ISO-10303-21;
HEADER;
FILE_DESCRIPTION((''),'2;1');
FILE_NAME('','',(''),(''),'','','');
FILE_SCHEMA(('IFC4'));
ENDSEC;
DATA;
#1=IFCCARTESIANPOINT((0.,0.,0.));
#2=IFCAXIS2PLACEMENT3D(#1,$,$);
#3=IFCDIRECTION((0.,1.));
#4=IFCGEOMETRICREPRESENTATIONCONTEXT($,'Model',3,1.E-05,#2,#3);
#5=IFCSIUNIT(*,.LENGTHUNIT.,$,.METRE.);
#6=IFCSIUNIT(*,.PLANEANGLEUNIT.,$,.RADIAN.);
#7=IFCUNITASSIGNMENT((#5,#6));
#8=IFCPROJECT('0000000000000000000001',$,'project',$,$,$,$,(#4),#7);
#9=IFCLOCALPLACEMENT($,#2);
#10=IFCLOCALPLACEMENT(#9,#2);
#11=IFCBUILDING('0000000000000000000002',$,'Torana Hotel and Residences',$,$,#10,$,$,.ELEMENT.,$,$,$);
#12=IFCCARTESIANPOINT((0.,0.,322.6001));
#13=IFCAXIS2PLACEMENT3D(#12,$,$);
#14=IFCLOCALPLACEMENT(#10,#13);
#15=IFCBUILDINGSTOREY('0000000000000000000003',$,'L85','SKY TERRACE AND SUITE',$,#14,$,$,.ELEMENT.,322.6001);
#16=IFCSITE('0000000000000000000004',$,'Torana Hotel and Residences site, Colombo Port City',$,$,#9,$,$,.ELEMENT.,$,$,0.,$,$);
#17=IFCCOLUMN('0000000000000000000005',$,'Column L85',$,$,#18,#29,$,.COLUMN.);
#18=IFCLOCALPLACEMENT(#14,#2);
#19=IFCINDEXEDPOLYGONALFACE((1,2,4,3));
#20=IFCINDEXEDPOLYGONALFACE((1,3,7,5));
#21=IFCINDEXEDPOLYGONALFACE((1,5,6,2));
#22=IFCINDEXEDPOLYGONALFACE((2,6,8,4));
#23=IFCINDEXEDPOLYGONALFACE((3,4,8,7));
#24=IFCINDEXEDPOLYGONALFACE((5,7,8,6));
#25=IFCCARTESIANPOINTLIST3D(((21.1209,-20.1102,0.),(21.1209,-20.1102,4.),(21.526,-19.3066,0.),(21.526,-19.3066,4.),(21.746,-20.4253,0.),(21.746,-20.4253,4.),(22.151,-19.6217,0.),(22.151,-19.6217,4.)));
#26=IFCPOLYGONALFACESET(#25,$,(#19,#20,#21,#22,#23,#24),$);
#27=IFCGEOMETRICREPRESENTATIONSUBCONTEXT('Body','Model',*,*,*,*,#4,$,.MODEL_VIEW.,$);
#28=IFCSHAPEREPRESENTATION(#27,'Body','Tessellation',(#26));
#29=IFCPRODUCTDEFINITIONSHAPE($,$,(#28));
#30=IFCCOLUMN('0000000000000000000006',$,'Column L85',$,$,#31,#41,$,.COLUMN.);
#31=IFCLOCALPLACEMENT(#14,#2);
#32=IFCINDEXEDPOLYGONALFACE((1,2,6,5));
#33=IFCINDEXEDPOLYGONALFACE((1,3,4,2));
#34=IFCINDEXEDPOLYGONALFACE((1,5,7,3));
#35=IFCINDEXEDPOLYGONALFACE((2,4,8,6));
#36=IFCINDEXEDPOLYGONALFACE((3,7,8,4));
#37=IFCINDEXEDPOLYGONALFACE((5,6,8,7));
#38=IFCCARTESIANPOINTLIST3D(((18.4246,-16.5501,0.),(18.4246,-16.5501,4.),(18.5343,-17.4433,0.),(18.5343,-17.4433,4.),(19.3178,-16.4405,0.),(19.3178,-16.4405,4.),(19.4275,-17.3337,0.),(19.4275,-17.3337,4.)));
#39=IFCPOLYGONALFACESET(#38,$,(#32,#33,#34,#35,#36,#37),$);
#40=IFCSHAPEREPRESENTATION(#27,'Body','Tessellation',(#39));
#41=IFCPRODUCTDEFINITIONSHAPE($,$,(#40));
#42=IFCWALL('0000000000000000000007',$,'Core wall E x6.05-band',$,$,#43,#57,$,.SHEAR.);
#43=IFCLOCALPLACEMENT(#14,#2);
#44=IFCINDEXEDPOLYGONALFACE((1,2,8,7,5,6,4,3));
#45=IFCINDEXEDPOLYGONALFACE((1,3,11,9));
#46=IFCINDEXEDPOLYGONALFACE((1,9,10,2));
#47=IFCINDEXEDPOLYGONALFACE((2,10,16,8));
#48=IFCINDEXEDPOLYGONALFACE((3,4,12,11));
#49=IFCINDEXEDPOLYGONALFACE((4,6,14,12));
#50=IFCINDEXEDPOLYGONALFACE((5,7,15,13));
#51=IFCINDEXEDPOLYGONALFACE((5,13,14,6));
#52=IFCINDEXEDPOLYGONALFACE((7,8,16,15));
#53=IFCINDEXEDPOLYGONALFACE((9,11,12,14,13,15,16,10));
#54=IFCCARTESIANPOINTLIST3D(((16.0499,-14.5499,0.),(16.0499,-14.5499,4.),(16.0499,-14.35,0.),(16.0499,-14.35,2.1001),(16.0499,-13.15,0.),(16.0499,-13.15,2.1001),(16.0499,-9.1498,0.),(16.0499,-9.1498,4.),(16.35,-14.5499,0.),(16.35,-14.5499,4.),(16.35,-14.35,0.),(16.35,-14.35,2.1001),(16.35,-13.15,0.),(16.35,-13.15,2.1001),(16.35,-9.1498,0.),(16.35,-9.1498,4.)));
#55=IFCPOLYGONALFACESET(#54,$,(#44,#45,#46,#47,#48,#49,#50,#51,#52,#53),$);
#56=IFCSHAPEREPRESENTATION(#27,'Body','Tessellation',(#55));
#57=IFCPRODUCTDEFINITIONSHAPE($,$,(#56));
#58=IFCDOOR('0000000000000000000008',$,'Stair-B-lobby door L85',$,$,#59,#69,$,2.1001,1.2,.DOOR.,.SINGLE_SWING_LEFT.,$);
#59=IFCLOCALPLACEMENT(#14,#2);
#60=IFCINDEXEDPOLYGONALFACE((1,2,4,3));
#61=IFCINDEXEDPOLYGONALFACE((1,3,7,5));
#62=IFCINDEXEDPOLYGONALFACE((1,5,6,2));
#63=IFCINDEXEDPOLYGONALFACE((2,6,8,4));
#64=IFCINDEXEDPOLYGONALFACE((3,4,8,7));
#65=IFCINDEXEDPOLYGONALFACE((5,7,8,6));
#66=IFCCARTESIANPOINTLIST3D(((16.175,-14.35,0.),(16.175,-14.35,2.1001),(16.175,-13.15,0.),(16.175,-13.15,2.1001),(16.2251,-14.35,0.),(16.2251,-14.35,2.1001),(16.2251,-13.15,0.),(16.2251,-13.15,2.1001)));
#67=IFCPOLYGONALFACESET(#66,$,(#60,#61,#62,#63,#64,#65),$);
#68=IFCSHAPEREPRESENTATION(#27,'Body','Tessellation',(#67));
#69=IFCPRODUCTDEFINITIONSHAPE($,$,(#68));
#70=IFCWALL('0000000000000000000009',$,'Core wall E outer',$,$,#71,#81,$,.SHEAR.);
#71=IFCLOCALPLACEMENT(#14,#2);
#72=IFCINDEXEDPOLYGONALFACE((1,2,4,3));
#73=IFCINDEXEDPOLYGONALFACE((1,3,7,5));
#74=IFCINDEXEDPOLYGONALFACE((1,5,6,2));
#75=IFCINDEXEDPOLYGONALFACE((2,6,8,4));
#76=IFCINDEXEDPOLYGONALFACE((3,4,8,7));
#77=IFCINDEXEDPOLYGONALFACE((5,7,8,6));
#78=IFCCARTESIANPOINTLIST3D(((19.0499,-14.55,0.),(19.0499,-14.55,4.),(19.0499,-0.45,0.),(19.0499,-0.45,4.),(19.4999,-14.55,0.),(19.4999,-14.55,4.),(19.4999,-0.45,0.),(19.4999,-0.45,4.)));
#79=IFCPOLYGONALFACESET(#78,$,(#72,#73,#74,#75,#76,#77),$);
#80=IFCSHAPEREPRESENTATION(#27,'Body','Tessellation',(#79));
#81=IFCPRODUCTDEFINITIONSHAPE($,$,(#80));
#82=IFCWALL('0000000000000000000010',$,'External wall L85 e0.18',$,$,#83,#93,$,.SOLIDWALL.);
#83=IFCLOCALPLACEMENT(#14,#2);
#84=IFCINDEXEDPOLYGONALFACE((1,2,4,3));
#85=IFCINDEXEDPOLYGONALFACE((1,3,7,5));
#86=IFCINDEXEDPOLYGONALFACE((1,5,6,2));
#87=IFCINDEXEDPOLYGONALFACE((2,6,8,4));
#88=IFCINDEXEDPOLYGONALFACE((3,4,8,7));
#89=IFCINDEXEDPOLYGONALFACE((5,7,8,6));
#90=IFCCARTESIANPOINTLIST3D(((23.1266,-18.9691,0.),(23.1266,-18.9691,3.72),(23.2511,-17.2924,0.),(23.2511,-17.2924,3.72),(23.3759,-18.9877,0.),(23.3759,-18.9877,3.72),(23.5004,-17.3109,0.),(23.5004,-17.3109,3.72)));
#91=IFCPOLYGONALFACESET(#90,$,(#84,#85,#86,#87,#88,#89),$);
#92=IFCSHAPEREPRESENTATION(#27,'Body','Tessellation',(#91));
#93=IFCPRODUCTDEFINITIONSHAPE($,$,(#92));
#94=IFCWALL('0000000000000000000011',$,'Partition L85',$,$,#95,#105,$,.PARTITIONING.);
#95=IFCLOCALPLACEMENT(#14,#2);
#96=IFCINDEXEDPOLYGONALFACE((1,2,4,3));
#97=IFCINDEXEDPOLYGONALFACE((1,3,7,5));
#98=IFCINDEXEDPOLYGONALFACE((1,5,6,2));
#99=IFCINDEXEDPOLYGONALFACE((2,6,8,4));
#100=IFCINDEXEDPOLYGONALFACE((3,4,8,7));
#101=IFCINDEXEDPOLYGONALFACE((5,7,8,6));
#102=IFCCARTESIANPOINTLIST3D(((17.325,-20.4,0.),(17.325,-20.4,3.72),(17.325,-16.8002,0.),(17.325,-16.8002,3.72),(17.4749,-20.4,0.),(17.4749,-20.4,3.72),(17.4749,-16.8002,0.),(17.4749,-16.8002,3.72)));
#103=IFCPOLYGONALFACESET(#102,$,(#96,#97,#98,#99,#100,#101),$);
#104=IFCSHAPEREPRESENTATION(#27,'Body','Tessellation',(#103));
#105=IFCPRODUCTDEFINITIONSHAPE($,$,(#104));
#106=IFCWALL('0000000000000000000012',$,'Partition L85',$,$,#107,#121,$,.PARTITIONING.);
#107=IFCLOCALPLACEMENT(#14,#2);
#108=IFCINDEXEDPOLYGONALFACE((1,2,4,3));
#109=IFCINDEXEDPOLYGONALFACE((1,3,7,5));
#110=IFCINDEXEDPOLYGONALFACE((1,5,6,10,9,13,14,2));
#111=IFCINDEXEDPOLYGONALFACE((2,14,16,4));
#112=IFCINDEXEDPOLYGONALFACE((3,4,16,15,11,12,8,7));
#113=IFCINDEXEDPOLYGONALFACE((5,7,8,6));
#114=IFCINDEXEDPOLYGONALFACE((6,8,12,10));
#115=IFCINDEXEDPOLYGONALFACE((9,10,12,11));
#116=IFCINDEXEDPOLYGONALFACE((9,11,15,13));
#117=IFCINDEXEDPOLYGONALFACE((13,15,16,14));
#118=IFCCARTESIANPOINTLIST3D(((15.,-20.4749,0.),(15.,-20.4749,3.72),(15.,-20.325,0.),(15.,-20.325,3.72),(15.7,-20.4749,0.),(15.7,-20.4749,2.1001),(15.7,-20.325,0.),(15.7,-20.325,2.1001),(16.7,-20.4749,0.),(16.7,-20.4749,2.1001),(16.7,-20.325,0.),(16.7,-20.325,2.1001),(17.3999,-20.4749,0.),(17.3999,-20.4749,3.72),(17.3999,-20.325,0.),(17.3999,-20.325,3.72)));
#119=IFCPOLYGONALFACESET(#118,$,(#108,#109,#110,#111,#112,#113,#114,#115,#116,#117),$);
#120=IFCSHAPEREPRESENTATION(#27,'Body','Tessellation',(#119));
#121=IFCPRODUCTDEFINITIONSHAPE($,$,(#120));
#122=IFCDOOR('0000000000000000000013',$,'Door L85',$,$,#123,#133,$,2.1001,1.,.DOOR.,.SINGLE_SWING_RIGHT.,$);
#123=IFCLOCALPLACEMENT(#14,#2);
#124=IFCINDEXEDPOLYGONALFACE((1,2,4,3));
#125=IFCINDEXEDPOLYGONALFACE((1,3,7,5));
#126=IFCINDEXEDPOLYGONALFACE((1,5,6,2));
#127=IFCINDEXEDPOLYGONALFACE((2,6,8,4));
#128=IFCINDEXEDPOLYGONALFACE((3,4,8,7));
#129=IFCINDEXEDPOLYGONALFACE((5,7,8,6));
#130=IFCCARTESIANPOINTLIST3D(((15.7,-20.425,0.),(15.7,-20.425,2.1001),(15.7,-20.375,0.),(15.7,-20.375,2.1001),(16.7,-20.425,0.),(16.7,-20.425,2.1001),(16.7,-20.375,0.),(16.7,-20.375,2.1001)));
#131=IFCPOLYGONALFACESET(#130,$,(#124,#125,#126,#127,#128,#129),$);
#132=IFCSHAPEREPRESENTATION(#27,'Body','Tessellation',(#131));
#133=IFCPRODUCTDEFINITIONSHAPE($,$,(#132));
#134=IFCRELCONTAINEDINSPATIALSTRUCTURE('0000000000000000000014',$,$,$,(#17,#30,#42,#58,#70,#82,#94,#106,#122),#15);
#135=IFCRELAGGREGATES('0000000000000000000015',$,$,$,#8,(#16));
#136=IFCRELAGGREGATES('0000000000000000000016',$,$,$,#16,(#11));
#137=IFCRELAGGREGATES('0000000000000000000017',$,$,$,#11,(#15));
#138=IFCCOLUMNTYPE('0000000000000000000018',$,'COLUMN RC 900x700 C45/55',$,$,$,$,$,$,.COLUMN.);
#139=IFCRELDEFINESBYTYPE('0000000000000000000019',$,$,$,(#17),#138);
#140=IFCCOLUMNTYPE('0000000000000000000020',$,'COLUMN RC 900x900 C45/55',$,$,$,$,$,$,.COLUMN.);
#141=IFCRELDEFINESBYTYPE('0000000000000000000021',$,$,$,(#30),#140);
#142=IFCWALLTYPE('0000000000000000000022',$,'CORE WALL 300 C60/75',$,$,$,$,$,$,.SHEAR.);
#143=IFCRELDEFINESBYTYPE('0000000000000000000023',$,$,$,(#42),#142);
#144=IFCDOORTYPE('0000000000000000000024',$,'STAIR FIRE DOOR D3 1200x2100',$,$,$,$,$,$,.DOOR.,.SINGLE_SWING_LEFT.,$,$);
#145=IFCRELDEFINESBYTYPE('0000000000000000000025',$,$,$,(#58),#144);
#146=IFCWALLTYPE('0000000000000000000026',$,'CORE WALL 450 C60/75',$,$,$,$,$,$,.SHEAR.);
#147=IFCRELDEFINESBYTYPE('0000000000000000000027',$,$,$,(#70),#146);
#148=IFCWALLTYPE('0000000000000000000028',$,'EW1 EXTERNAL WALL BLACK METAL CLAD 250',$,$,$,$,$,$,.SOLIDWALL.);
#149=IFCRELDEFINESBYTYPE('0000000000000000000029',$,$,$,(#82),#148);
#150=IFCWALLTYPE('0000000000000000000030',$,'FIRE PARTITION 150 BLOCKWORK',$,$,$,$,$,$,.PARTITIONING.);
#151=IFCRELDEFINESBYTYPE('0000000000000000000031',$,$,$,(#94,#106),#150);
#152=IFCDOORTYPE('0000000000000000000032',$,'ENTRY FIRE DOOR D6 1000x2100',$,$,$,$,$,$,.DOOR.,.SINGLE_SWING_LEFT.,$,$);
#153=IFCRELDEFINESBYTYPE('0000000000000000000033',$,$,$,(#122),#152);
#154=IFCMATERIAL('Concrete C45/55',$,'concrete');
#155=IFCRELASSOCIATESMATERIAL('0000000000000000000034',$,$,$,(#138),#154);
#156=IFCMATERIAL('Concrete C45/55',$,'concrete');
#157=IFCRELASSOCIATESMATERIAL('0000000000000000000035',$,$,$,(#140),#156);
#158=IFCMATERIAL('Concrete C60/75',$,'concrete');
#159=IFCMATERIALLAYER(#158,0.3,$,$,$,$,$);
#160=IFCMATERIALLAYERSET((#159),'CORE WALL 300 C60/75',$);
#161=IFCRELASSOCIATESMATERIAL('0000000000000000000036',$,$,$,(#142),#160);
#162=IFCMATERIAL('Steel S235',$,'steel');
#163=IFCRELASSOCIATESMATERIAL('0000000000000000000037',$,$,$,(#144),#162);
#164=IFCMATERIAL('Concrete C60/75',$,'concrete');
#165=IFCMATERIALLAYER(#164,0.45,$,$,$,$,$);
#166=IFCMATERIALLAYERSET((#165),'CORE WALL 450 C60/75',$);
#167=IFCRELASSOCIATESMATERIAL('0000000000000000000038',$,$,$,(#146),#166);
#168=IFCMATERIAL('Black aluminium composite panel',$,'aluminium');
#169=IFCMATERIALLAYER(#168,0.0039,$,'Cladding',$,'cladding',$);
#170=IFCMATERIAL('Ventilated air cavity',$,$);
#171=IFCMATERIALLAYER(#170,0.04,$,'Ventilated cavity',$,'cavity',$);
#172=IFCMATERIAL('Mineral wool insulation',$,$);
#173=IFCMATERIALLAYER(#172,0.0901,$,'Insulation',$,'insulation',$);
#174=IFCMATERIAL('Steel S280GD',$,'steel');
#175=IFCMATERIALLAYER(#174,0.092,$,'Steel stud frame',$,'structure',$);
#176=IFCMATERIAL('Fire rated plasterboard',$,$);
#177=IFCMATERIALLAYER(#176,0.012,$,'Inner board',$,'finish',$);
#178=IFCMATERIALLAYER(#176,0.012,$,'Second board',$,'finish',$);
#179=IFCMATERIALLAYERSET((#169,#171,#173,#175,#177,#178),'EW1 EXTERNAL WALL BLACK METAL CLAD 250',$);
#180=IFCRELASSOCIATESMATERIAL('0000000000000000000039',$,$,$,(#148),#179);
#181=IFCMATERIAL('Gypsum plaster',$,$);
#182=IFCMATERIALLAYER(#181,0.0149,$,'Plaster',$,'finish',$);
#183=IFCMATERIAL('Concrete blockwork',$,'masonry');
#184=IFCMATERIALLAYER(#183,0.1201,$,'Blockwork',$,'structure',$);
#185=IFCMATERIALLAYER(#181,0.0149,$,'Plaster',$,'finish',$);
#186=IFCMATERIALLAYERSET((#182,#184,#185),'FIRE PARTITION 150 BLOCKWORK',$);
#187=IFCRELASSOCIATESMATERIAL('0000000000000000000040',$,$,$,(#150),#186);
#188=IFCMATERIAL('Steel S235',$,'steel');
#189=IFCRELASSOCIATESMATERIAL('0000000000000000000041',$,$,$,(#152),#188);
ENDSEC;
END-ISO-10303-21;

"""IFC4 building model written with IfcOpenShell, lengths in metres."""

from ifc_helpers import new_model, si_unit, direction, frame, frame_2d, origin, origin_2d, place, context, subcontext, project, spatial, rectangle, extrude, material, layer, layer_set, material_profile, profile_set, type_object, element, fill, save


model = new_model("IFC4")

# Units and contexts
model_context = context("Model", 3, precision=1e-05, world=origin(), true_north=direction((0.0, 1.0)))
body_context = subcontext(model_context, "Body", "Model", "MODEL_VIEW")
ifc_project = project(units=[si_unit("LENGTHUNIT", "METRE"), si_unit("PLANEANGLEUNIT", "RADIAN")], contexts=[model_context])

# Site, building, storey
site_placement = place(None, origin())
site = spatial("IfcSite", under=ifc_project, at=site_placement, Name="Torana Hotel and Residences site, Colombo Port City", CompositionType="ELEMENT", RefElevation=0.0)
building_placement = place(site_placement, origin())
building = spatial("IfcBuilding", under=site, at=building_placement, Name="Torana Hotel and Residences", CompositionType="ELEMENT")
storey_placement = place(building_placement, frame((0.0, 0.0, 322.6001)))
storey = spatial("IfcBuildingStorey", under=building, at=storey_placement, Name="L85", Description="SKY TERRACE AND SUITE", CompositionType="ELEMENT", Elevation=322.6001)

# Columns
ifc_material_1 = material(Name="Concrete C45/55", Category="concrete")
ifc_material_profile_1 = material_profile(ifc_material_1, rectangle(XDim=0.8999, YDim=0.7, at=origin_2d()), Name="RC 900x700")
ifc_profile_set_1 = profile_set([ifc_material_profile_1], Name="Concrete C45/55")
column_type_1 = type_object("IfcColumnType", Name="COLUMN RC 900x700 C45/55", PredefinedType="COLUMN", material=ifc_profile_set_1)
column_1_placement = place(storey_placement, frame((21.636, -19.866, 0.0), z_axis=(0.0, 0.0, 1.0), x_axis=(0.450098, 0.892979, 0.0)))
element("IfcColumn", 1, at=column_1_placement, inside=storey, type_object=column_type_1, Name="Column L85", PredefinedType="COLUMN", context=body_context, shape_type="SweptSolid", body=[
    extrude(rectangle(XDim=0.8999, YDim=0.7, at=origin_2d()), origin(), (0.0, 0.0, 1.0), 4.0),
])
ifc_material_2 = material(Name="Concrete C45/55", Category="concrete")
ifc_material_profile_2 = material_profile(ifc_material_2, rectangle(XDim=0.8999, YDim=0.8999, at=origin_2d()), Name="RC 900x900")
ifc_profile_set_2 = profile_set([ifc_material_profile_2], Name="Concrete C45/55")
column_type_2 = type_object("IfcColumnType", Name="COLUMN RC 900x900 C45/55", PredefinedType="COLUMN", material=ifc_profile_set_2)
column_2_placement = place(storey_placement, frame((18.926, -16.9419, 0.0), z_axis=(0.0, 0.0, 1.0), x_axis=(0.992546, 0.121869, 0.0)))
element("IfcColumn", 2, at=column_2_placement, inside=storey, type_object=column_type_2, Name="Column L85", PredefinedType="COLUMN", context=body_context, shape_type="SweptSolid", body=[
    extrude(rectangle(XDim=0.8999, YDim=0.8999, at=origin_2d()), origin(), (0.0, 0.0, 1.0), 4.0),
])

# Wall, opening, door
ifc_material_3 = material(Name="Concrete C60/75", Category="concrete")
ifc_layer_1 = layer(ifc_material_3, 0.3)
ifc_layer_set_1 = layer_set([ifc_layer_1], Name="CORE WALL 300 C60/75")
wall_type_1 = type_object("IfcWallType", Name="CORE WALL 300 C60/75", PredefinedType="SHEAR", material=ifc_layer_set_1)
wall_1_placement = place(storey_placement, frame((16.2, -14.55, 0.0), z_axis=(0.0, 0.0, 1.0), x_axis=(0.0, 1.0, 0.0)))
wall_1 = element("IfcWall", 3, at=wall_1_placement, inside=storey, type_object=wall_type_1, Name="Core wall E x6.05-band", PredefinedType="SHEAR", context=body_context, shape_type="SweptSolid", body=[
    extrude(rectangle(XDim=5.4001, YDim=0.3, at=frame_2d((2.7002, 0.0))), origin(), (0.0, 0.0, 1.0), 4.0),
])
opening_1_placement = place(wall_1_placement, frame((0.2, 0.0, 0.0)))
opening_1 = element("IfcOpeningElement", 4, at=opening_1_placement, cuts=wall_1, PredefinedType="OPENING", context=body_context, shape_type="SweptSolid", body=[
    extrude(rectangle(XDim=1.2, YDim=2.1001, at=frame_2d((0.6001, 1.05))), frame((0.0, 0.1599, 0.0), z_axis=(0.0, -1.0, 0.0), x_axis=(1.0, 0.0, 0.0)), (0.0, 0.0, 1.0), 0.3201),
])
ifc_material_4 = material(Name="Steel S235", Category="steel")
door_type_1 = type_object("IfcDoorType", Name="STAIR FIRE DOOR D3 1200x2100", OperationType="SINGLE_SWING_LEFT", PredefinedType="DOOR", material=ifc_material_4)
door_1_placement = place(opening_1_placement, frame((0.6001, 0.0, 0.0), z_axis=(0.0, 0.0, 1.0), x_axis=(-1.0, 0.0, 0.0)))
door_1 = element("IfcDoor", 5, at=door_1_placement, inside=storey, type_object=door_type_1, Name="Stair-B-lobby door L85", OperationType="SINGLE_SWING_LEFT", OverallHeight=2.1001, OverallWidth=1.2, PredefinedType="DOOR", context=body_context, shape_type="SweptSolid", body=[
    extrude(rectangle(XDim=1.2, YDim=2.1001, at=frame_2d((0.0, 1.05))), frame((0.0, -0.0249, 0.0), z_axis=(0.0, 1.0, 0.0), x_axis=(-1.0, 0.0, 0.0)), (0.0, 0.0, 1.0), 0.05),
])
fill(opening_1, door_1)

# Walls
ifc_material_5 = material(Name="Concrete C60/75", Category="concrete")
ifc_layer_2 = layer(ifc_material_5, 0.45)
ifc_layer_set_2 = layer_set([ifc_layer_2], Name="CORE WALL 450 C60/75")
wall_type_2 = type_object("IfcWallType", Name="CORE WALL 450 C60/75", PredefinedType="SHEAR", material=ifc_layer_set_2)
wall_2_placement = place(storey_placement, frame((19.2749, -14.55, 0.0), z_axis=(0.0, 0.0, 1.0), x_axis=(0.0, 1.0, 0.0)))
element("IfcWall", 6, at=wall_2_placement, inside=storey, type_object=wall_type_2, Name="Core wall E outer", PredefinedType="SHEAR", context=body_context, shape_type="SweptSolid", body=[
    extrude(rectangle(XDim=14.1001, YDim=0.45, at=frame_2d((7.05, 0.0))), origin(), (0.0, 0.0, 1.0), 4.0),
])
ifc_material_6 = material(Name="Black aluminium composite panel", Category="aluminium")
ifc_layer_3 = layer(ifc_material_6, 0.0039, Name="Cladding", Category="cladding")
ifc_material_7 = material(Name="Ventilated air cavity")
ifc_layer_4 = layer(ifc_material_7, 0.04, Name="Ventilated cavity", Category="cavity")
ifc_material_8 = material(Name="Mineral wool insulation")
ifc_layer_5 = layer(ifc_material_8, 0.0901, Name="Insulation", Category="insulation")
ifc_material_9 = material(Name="Steel S280GD", Category="steel")
ifc_layer_6 = layer(ifc_material_9, 0.092, Name="Steel stud frame", Category="structure")
ifc_material_10 = material(Name="Fire rated plasterboard")
ifc_layer_7 = layer(ifc_material_10, 0.012, Name="Inner board", Category="finish")
ifc_layer_8 = layer(ifc_material_10, 0.012, Name="Second board", Category="finish")
ifc_layer_set_3 = layer_set([ifc_layer_3, ifc_layer_4, ifc_layer_5, ifc_layer_6, ifc_layer_7, ifc_layer_8], Name="EW1 EXTERNAL WALL BLACK METAL CLAD 250")
wall_type_3 = type_object("IfcWallType", Name="EW1 EXTERNAL WALL BLACK METAL CLAD 250", PredefinedType="SOLIDWALL", material=ifc_layer_set_3)
wall_3_placement = place(storey_placement, frame((23.2512, -18.9785, 0.0), z_axis=(0.0, 0.0, 1.0), x_axis=(0.074054, 0.997254, 0.0)))
element("IfcWall", 7, at=wall_3_placement, inside=storey, type_object=wall_type_3, Name="External wall L85 e0.18", PredefinedType="SOLIDWALL", context=body_context, shape_type="SweptSolid", body=[
    extrude(rectangle(XDim=1.6814, YDim=0.25, at=frame_2d((0.8408, 0.0))), origin(), (0.0, 0.0, 1.0), 3.72),
])

# Wall
ifc_material_11 = material(Name="Gypsum plaster")
ifc_layer_9 = layer(ifc_material_11, 0.0149, Name="Plaster", Category="finish")
ifc_material_12 = material(Name="Concrete blockwork", Category="masonry")
ifc_layer_10 = layer(ifc_material_12, 0.1201, Name="Blockwork", Category="structure")
ifc_layer_11 = layer(ifc_material_11, 0.0149, Name="Plaster", Category="finish")
ifc_layer_set_4 = layer_set([ifc_layer_9, ifc_layer_10, ifc_layer_11], Name="FIRE PARTITION 150 BLOCKWORK")
wall_type_4 = type_object("IfcWallType", Name="FIRE PARTITION 150 BLOCKWORK", PredefinedType="PARTITIONING", material=ifc_layer_set_4)
wall_4_placement = place(storey_placement, frame((17.3999, -20.3999, 0.0), z_axis=(0.0, 0.0, 1.0), x_axis=(0.0, 1.0, 0.0)))
element("IfcWall", 8, at=wall_4_placement, inside=storey, type_object=wall_type_4, Name="Partition L85", PredefinedType="PARTITIONING", context=body_context, shape_type="SweptSolid", body=[
    extrude(rectangle(XDim=3.5999, YDim=0.1499, at=frame_2d((1.7998, 0.0))), origin(), (0.0, 0.0, 1.0), 3.72),
])

# Wall, opening, door
wall_5_placement = place(storey_placement, frame((15.0, -20.3999, 0.0), z_axis=(0.0, 0.0, 1.0), x_axis=(1.0, 0.0, 0.0)))
wall_5 = element("IfcWall", 9, at=wall_5_placement, inside=storey, type_object=wall_type_4, Name="Partition L85", PredefinedType="PARTITIONING", context=body_context, shape_type="SweptSolid", body=[
    extrude(rectangle(XDim=2.3999, YDim=0.1499, at=frame_2d((1.2, 0.0))), origin(), (0.0, 0.0, 1.0), 3.72),
])
opening_2_placement = place(wall_5_placement, frame((0.7, 0.0, 0.0)))
opening_2 = element("IfcOpeningElement", 10, at=opening_2_placement, cuts=wall_5, PredefinedType="OPENING", context=body_context, shape_type="SweptSolid", body=[
    extrude(rectangle(XDim=1.0, YDim=2.1001, at=frame_2d((0.5, 1.05))), frame((0.0, 0.085, 0.0), z_axis=(0.0, -1.0, 0.0), x_axis=(1.0, 0.0, 0.0)), (0.0, 0.0, 1.0), 0.1699),
])
ifc_material_13 = material(Name="Steel S235", Category="steel")
door_type_2 = type_object("IfcDoorType", Name="ENTRY FIRE DOOR D6 1000x2100", OperationType="SINGLE_SWING_LEFT", PredefinedType="DOOR", material=ifc_material_13)
door_2_placement = place(opening_2_placement, frame((0.5, 0.0, 0.0), z_axis=(0.0, 0.0, 1.0), x_axis=(-1.0, 0.0, 0.0)))
door_2 = element("IfcDoor", 11, at=door_2_placement, inside=storey, type_object=door_type_2, Name="Door L85", OperationType="SINGLE_SWING_RIGHT", OverallHeight=2.1001, OverallWidth=1.0, PredefinedType="DOOR", context=body_context, shape_type="SweptSolid", body=[
    extrude(rectangle(XDim=1.0, YDim=2.1001, at=frame_2d((0.0, 1.05))), frame((0.0, -0.0249, 0.0), z_axis=(0.0, 1.0, 0.0), x_axis=(-1.0, 0.0, 0.0)), (0.0, 0.0, 1.0), 0.05),
])
fill(opening_2, door_2)

save(model, "model.ifc")
